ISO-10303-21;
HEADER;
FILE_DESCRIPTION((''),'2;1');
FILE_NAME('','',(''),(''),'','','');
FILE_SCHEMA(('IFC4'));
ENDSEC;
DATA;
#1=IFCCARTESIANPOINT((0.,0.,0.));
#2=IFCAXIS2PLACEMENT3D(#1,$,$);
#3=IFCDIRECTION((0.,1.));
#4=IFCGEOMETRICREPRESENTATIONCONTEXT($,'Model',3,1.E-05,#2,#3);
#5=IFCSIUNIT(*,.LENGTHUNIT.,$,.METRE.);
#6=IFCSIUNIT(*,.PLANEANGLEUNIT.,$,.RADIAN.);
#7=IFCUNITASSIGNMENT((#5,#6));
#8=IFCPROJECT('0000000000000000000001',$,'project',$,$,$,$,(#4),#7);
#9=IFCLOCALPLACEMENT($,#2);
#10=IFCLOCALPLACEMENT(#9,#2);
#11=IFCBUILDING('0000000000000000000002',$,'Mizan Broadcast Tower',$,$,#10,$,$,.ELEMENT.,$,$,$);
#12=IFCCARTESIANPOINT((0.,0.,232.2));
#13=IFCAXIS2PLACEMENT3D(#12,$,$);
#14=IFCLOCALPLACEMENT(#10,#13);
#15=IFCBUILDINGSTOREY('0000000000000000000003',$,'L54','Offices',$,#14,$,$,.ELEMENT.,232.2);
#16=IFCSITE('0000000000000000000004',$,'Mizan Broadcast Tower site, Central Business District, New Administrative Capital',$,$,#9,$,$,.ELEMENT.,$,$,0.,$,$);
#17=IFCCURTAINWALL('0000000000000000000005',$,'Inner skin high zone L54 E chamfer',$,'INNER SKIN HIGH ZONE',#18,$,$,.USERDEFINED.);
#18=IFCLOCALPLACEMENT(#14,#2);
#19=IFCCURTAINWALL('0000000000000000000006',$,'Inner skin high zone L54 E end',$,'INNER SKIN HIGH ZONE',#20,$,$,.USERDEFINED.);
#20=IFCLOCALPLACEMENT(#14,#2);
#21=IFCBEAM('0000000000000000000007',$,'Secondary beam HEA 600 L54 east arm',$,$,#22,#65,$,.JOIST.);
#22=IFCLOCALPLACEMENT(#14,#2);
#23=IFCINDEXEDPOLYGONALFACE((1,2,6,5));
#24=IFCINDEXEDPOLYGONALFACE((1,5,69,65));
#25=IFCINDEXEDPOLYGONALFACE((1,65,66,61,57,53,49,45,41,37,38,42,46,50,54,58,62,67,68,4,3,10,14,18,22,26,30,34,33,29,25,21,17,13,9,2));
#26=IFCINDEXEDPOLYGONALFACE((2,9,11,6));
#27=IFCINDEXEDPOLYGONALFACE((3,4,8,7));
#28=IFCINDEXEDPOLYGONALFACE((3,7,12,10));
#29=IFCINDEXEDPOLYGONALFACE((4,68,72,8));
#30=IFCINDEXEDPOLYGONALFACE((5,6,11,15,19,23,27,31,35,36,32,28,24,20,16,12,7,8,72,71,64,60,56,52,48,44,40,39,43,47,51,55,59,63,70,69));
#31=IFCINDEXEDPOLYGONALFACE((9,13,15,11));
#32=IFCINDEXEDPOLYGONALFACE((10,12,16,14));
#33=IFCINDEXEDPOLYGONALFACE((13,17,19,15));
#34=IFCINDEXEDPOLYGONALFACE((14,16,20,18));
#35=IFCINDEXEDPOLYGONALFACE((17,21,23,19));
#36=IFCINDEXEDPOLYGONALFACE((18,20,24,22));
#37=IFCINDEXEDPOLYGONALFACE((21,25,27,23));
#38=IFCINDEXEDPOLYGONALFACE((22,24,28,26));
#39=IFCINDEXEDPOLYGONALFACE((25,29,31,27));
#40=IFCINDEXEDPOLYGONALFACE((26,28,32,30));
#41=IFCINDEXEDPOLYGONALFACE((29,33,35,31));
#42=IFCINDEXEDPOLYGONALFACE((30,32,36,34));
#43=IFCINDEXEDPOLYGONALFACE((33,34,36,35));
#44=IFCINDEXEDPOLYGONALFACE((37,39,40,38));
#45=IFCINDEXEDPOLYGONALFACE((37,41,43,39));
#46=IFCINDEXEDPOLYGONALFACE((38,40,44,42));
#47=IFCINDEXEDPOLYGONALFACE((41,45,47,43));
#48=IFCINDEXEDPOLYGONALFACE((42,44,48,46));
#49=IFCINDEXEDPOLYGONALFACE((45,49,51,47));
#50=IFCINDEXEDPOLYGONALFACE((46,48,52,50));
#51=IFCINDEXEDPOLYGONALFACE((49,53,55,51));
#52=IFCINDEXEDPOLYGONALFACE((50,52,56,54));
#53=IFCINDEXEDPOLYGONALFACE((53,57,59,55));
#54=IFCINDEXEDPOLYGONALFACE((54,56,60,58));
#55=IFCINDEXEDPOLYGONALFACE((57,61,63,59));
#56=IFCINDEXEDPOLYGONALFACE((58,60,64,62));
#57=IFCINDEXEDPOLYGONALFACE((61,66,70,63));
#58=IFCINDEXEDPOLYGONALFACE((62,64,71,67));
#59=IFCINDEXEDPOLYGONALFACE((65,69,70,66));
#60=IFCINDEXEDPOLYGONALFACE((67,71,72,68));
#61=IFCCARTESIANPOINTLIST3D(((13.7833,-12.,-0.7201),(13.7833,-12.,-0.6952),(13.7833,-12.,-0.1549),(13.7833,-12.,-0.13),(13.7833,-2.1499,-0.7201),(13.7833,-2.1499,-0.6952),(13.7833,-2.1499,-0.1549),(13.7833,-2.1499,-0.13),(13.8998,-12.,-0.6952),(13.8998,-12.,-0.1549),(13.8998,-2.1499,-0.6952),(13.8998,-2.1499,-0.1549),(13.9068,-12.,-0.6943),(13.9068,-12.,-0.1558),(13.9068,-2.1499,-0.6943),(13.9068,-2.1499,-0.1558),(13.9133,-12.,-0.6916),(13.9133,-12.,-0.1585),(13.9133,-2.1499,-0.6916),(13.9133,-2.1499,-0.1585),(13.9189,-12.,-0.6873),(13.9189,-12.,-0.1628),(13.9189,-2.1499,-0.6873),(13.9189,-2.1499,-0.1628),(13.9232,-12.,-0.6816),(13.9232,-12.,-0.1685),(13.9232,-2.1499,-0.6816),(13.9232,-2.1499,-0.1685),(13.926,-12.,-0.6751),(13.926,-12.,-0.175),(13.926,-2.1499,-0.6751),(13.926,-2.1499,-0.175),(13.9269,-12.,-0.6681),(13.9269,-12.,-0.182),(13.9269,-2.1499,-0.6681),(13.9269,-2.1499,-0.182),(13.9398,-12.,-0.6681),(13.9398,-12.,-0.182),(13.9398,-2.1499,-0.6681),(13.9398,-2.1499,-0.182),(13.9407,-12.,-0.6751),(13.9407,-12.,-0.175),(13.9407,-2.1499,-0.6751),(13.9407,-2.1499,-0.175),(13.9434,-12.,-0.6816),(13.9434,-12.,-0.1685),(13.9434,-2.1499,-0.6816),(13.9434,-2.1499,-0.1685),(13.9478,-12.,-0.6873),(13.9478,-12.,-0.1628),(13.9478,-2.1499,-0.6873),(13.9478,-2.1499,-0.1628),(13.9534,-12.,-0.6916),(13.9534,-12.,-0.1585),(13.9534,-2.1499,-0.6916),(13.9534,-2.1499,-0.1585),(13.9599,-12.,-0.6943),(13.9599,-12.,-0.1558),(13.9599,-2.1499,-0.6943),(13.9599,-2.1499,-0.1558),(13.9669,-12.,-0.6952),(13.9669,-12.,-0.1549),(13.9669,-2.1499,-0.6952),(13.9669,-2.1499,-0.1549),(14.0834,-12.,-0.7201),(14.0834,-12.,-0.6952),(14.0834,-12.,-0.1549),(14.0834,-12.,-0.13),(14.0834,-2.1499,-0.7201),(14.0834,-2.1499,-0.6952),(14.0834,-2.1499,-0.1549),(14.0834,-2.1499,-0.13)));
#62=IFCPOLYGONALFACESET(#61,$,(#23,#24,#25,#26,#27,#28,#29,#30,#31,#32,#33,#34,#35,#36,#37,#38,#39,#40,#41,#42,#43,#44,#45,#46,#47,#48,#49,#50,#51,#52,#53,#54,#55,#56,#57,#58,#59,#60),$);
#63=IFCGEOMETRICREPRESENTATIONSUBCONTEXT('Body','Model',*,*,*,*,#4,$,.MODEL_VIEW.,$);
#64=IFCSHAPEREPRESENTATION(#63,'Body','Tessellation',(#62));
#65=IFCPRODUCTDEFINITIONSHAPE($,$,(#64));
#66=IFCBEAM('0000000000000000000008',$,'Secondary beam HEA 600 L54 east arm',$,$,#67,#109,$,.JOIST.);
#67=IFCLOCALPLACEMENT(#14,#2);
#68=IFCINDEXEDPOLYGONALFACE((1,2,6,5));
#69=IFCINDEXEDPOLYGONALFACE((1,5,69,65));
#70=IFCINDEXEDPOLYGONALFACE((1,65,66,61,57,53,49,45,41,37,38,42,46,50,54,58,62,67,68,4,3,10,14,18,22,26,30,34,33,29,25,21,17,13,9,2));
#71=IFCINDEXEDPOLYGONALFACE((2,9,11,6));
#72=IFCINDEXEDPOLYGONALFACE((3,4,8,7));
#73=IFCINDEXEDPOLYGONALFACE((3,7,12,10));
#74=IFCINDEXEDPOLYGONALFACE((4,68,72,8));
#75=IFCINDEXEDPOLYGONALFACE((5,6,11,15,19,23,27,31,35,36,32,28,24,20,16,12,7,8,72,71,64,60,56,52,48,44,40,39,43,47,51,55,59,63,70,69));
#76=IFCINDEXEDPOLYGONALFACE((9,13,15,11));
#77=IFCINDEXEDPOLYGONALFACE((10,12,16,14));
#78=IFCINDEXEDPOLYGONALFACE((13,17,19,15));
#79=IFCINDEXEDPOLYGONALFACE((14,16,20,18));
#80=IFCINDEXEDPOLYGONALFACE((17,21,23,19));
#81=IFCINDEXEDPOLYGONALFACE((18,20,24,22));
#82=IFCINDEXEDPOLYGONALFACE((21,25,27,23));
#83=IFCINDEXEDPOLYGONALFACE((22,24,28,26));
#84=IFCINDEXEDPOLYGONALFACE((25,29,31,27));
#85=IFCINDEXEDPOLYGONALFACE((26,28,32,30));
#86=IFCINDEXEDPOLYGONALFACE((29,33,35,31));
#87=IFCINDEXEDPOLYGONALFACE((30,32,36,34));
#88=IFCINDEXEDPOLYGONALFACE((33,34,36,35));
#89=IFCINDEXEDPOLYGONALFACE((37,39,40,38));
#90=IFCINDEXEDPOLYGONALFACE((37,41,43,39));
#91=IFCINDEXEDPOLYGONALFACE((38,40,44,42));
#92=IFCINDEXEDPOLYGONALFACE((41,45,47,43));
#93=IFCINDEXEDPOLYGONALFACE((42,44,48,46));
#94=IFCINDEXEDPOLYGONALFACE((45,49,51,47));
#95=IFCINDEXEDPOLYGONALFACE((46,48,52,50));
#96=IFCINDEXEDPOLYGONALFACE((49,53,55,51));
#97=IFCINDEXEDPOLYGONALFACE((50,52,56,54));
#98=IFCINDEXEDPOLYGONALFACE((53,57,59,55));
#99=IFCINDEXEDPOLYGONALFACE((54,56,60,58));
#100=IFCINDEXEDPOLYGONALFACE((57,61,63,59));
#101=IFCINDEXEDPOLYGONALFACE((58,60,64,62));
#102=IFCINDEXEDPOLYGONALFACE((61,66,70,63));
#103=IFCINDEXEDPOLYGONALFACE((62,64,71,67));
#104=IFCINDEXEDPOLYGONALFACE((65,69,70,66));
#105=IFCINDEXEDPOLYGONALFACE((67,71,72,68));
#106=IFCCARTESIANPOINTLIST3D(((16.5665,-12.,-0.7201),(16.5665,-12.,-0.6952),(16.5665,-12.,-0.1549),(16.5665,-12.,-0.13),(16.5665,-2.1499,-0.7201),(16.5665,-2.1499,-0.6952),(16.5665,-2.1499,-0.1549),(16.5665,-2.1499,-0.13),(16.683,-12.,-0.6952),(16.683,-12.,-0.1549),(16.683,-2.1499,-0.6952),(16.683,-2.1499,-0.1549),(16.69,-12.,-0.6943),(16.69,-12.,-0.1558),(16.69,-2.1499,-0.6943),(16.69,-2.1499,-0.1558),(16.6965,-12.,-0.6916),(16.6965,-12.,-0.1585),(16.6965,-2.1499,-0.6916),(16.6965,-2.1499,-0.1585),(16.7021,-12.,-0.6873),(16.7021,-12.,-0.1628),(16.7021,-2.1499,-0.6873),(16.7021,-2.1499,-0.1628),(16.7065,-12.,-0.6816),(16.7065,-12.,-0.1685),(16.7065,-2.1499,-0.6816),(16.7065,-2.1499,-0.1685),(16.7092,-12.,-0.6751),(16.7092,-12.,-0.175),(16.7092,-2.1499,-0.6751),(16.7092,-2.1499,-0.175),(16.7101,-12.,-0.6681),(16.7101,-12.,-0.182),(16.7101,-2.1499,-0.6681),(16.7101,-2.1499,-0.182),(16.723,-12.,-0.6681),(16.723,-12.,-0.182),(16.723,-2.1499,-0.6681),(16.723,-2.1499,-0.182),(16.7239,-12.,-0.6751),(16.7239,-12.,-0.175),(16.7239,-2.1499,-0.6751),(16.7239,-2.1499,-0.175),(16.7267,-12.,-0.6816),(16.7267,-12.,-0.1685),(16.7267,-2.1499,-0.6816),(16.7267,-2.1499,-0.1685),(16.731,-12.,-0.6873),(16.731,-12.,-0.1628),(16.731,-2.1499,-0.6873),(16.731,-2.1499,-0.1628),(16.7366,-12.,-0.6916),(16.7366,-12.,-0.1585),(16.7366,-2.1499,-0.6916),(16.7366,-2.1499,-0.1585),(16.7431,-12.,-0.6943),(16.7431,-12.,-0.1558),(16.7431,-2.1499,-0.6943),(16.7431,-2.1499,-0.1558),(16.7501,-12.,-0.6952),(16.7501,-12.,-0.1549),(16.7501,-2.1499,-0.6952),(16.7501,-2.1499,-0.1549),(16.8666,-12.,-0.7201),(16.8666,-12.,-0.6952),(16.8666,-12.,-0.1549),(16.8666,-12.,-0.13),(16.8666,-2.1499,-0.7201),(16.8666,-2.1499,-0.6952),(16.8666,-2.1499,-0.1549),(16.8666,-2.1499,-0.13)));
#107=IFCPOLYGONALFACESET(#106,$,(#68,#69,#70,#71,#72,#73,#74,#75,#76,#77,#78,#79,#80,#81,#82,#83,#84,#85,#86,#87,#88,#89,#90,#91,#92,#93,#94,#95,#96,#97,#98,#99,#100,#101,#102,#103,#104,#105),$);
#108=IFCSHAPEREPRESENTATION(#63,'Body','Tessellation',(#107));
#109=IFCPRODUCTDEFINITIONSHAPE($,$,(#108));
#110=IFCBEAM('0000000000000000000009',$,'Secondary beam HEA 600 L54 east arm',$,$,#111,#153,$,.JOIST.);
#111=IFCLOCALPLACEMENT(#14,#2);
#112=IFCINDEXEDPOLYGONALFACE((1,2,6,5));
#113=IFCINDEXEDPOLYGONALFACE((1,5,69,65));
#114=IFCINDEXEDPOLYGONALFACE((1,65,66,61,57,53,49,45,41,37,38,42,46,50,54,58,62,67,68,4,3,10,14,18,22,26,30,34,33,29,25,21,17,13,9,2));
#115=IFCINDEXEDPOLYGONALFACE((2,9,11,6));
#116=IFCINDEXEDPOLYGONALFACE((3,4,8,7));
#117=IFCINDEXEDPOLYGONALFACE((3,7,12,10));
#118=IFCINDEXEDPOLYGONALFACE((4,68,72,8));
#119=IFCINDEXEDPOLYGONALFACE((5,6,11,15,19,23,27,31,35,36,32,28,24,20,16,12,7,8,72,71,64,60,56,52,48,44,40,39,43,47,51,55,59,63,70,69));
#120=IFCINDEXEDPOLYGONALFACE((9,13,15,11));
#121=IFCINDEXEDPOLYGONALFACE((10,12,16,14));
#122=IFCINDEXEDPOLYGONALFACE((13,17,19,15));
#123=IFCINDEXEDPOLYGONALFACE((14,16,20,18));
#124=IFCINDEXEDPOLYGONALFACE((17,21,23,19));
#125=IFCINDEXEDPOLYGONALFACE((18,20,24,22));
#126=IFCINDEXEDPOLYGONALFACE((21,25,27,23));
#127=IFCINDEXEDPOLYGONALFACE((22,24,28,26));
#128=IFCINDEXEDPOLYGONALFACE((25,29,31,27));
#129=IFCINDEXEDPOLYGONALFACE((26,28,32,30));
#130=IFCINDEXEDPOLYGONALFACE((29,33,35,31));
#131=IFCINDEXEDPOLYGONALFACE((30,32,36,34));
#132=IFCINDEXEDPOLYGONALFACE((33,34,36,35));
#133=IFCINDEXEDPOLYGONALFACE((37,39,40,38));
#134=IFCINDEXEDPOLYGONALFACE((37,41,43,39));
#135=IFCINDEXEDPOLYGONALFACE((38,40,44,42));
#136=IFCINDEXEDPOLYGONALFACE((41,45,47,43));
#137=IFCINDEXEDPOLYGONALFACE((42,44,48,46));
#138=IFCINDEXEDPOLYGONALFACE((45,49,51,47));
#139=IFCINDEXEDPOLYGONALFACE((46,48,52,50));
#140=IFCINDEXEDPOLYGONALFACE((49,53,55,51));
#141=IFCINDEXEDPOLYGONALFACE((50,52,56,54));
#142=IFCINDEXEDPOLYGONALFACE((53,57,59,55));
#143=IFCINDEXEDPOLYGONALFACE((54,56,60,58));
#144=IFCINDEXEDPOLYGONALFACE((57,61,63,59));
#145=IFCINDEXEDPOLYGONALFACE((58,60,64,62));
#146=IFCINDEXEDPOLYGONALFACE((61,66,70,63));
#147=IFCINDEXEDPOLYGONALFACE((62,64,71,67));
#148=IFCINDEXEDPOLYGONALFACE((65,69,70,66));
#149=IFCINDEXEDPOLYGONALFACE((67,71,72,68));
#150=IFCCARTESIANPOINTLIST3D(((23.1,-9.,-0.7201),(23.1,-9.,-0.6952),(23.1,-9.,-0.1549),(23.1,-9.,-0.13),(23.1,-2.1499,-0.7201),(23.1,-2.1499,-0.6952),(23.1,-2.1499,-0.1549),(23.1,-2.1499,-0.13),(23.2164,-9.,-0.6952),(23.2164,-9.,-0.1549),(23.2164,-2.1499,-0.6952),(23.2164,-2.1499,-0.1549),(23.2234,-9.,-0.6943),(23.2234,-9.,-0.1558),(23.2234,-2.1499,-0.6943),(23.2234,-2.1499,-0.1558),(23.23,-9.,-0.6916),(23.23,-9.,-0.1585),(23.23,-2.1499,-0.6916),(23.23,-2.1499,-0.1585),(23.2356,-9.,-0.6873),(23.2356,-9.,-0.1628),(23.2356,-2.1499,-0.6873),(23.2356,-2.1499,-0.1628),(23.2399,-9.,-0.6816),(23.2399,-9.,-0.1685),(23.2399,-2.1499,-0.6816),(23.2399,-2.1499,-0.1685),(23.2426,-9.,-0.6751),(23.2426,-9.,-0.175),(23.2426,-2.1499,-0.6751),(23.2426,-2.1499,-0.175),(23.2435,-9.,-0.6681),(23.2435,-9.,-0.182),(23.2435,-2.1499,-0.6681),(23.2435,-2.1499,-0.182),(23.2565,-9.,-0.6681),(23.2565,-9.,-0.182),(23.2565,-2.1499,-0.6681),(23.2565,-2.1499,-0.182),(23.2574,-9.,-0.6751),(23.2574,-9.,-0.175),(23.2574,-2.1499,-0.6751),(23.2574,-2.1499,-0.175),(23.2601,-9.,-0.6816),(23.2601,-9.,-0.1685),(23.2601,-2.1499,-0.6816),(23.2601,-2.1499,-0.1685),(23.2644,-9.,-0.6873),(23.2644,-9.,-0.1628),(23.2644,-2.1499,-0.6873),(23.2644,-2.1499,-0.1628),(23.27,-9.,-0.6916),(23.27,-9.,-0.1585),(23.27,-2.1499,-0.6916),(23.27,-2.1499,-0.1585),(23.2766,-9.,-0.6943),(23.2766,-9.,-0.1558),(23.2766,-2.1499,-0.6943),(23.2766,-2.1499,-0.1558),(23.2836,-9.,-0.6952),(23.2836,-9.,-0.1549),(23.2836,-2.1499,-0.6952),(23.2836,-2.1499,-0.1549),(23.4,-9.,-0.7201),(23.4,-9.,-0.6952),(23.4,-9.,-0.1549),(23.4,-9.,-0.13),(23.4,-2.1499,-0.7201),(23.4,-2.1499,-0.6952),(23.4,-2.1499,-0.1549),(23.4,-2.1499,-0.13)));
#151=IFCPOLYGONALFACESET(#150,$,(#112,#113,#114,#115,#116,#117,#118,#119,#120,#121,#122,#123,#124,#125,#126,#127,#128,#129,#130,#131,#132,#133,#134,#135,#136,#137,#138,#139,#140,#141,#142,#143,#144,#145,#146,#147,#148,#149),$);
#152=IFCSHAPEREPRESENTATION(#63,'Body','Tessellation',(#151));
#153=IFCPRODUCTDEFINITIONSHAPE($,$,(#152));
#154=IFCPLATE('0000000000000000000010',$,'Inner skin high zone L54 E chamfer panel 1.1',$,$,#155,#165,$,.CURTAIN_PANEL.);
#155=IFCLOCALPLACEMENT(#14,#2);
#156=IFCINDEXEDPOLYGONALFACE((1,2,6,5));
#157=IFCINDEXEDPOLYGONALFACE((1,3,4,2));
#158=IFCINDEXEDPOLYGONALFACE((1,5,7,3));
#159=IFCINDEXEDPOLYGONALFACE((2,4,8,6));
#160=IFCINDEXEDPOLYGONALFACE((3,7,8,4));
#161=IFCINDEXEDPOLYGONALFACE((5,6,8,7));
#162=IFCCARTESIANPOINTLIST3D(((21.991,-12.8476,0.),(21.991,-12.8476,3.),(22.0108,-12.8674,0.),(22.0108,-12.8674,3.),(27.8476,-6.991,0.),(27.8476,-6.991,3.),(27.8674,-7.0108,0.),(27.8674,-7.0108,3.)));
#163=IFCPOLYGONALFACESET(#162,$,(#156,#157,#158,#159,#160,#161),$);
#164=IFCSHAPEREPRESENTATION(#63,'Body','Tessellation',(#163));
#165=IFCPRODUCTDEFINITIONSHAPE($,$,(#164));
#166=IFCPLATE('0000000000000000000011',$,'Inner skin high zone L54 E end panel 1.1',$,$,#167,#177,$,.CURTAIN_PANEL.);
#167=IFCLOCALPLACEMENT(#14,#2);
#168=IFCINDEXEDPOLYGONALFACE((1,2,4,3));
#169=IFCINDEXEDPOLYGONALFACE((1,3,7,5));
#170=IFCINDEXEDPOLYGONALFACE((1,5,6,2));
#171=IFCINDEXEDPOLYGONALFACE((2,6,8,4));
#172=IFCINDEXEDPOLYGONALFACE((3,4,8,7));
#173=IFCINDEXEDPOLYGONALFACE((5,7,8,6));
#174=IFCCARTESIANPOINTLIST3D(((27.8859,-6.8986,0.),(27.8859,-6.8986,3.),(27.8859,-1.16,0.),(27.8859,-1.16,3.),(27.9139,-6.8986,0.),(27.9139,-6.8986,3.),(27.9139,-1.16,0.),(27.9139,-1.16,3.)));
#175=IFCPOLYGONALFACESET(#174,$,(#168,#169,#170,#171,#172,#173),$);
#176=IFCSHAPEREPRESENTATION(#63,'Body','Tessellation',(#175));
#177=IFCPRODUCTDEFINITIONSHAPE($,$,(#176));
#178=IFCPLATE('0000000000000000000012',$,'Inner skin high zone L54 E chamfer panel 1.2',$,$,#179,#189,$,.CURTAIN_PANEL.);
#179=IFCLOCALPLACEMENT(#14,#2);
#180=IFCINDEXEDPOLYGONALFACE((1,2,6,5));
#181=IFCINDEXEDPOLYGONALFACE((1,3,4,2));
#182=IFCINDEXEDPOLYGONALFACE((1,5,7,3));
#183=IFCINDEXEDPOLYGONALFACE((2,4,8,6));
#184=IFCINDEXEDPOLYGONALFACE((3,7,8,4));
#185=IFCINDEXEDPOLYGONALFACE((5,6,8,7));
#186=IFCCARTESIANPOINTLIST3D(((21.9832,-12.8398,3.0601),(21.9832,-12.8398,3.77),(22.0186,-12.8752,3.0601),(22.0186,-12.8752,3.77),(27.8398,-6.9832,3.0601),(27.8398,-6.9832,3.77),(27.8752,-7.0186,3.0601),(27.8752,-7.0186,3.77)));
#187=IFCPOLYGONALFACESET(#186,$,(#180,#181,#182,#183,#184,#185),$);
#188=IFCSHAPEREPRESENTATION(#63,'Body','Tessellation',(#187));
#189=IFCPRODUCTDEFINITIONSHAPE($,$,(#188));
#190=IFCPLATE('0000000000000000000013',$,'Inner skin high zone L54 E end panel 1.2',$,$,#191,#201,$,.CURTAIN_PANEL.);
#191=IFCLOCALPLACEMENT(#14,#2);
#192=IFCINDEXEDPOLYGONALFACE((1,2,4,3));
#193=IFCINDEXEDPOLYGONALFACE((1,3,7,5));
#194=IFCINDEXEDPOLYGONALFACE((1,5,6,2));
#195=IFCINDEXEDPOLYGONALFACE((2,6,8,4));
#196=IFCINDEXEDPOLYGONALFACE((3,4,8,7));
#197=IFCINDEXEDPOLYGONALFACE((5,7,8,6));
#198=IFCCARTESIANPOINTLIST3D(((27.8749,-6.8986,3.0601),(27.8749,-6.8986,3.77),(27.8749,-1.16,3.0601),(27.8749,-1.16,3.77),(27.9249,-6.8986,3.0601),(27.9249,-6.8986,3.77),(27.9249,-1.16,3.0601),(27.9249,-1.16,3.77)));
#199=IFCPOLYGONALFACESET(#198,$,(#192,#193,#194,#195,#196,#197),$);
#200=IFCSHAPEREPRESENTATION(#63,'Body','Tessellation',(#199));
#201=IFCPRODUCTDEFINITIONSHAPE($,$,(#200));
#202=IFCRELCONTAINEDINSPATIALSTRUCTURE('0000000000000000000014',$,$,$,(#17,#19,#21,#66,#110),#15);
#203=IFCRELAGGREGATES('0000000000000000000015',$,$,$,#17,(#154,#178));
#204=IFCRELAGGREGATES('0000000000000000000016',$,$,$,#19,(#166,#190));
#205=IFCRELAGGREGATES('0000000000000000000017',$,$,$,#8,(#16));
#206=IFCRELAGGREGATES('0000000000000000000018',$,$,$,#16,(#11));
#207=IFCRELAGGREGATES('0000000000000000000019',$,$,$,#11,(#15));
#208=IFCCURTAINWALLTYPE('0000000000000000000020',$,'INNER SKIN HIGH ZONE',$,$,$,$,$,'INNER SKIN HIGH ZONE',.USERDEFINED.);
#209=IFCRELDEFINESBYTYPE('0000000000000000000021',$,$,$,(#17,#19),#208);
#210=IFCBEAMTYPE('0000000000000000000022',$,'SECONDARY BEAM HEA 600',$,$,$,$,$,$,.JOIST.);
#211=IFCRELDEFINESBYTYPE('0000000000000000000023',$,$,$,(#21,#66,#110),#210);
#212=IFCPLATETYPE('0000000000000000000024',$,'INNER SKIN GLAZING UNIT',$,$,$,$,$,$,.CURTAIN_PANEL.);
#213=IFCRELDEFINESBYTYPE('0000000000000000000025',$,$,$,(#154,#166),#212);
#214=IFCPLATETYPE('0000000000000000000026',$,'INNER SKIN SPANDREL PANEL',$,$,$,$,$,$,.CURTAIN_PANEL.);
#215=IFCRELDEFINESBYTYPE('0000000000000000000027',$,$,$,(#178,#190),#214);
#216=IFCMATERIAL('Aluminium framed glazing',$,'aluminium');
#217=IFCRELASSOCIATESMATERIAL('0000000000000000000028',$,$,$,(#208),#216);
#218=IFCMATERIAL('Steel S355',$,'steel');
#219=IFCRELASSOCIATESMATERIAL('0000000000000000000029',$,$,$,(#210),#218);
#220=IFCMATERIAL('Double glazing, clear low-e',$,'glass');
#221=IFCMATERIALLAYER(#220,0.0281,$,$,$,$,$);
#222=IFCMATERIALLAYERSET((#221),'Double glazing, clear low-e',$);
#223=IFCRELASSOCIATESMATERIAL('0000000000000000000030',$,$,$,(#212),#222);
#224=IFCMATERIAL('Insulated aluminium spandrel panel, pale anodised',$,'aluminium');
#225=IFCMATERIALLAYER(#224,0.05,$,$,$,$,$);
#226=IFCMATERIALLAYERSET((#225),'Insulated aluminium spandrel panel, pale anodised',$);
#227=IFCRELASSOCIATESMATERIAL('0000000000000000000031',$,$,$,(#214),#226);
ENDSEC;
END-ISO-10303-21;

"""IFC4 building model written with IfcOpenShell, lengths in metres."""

from ifc_helpers import new_model, si_unit, direction, frame, origin, origin_2d, place, context, subcontext, project, spatial, rectangle, i_section, extrude, material, layer, layer_set, material_profile, profile_set, type_object, element, aggregate, save


model = new_model("IFC4")

# Units and contexts
model_context = context("Model", 3, precision=1e-05, world=origin(), true_north=direction((0.0, 1.0)))
body_context = subcontext(model_context, "Body", "Model", "MODEL_VIEW")
ifc_project = project(units=[si_unit("LENGTHUNIT", "METRE"), si_unit("PLANEANGLEUNIT", "RADIAN")], contexts=[model_context])

# Site, building, storey
site_placement = place(None, origin())
site = spatial("IfcSite", under=ifc_project, at=site_placement, Name="Mizan Broadcast Tower site, Central Business District, New Administrative Capital", CompositionType="ELEMENT", RefElevation=0.0)
building_placement = place(site_placement, origin())
building = spatial("IfcBuilding", under=site, at=building_placement, Name="Mizan Broadcast Tower", CompositionType="ELEMENT")
storey_placement = place(building_placement, frame((0.0, 0.0, 232.2)))
storey = spatial("IfcBuildingStorey", under=building, at=storey_placement, Name="L54", Description="Offices", CompositionType="ELEMENT", Elevation=232.2)

# Curtain wall
ifc_material_1 = material(Name="Aluminium framed glazing", Category="aluminium")
curtain_wall_type_1 = type_object("IfcCurtainWallType", Name="INNER SKIN HIGH ZONE", ElementType="INNER SKIN HIGH ZONE", PredefinedType="USERDEFINED", material=ifc_material_1)
curtain_wall_1_placement = place(storey_placement, origin())
curtain_wall_1 = element("IfcCurtainWall", 1, at=curtain_wall_1_placement, inside=storey, type_object=curtain_wall_type_1, Name="Inner skin high zone L54 E chamfer", ObjectType="INNER SKIN HIGH ZONE", PredefinedType="USERDEFINED")

# Curtain wall
curtain_wall_2_placement = place(storey_placement, origin())
curtain_wall_2 = element("IfcCurtainWall", 2, at=curtain_wall_2_placement, inside=storey, type_object=curtain_wall_type_1, Name="Inner skin high zone L54 E end", ObjectType="INNER SKIN HIGH ZONE", PredefinedType="USERDEFINED")

# Beams
ifc_material_2 = material(Name="Steel S355", Category="steel")
ifc_material_profile_1 = material_profile(ifc_material_2, i_section(OverallWidth=0.3, OverallDepth=0.5901, WebThickness=0.0129, FlangeThickness=0.0249, FilletRadius=0.0271, at=origin_2d()), Name="HEA 600")
ifc_profile_set_1 = profile_set([ifc_material_profile_1], Name="Steel S355")
beam_type_1 = type_object("IfcBeamType", Name="SECONDARY BEAM HEA 600", PredefinedType="JOIST", material=ifc_profile_set_1)
for number, where, z_axis, x_axis, name in (
    (3, (13.9333, -12.0, -0.425), (0.0, 1.0, 0.0), (-1.0, 0.0, 0.0), "Secondary beam HEA 600 L54 east arm"),
    (4, (16.7166, -12.0, -0.425), (0.0, 1.0, 0.0), (-1.0, 0.0, 0.0), "Secondary beam HEA 600 L54 east arm"),
):
    element("IfcBeam", number, at=place(storey_placement, frame(where, z_axis=z_axis, x_axis=x_axis)), inside=storey, type_object=beam_type_1, Name=name, PredefinedType="JOIST", context=body_context, shape_type="SweptSolid", body=[
        extrude(i_section(OverallWidth=0.3, OverallDepth=0.5901, WebThickness=0.0129, FlangeThickness=0.0249, FilletRadius=0.0271, at=origin_2d()), origin(), (0.0, 0.0, 1.0), 9.8501),
    ])
beam_1_placement = place(storey_placement, frame((23.25, -9.0, -0.425), z_axis=(0.0, 1.0, 0.0), x_axis=(-1.0, 0.0, 0.0)))
element("IfcBeam", 5, at=beam_1_placement, inside=storey, type_object=beam_type_1, Name="Secondary beam HEA 600 L54 east arm", PredefinedType="JOIST", context=body_context, shape_type="SweptSolid", body=[
    extrude(i_section(OverallWidth=0.3, OverallDepth=0.5901, WebThickness=0.0129, FlangeThickness=0.0249, FilletRadius=0.0271, at=origin_2d()), origin(), (0.0, 0.0, 1.0), 6.8501),
])

# Plates
ifc_material_3 = material(Name="Double glazing, clear low-e", Category="glass")
ifc_layer_1 = layer(ifc_material_3, 0.0281)
ifc_layer_set_1 = layer_set([ifc_layer_1], Name="Double glazing, clear low-e")
plate_type_1 = type_object("IfcPlateType", Name="INNER SKIN GLAZING UNIT", PredefinedType="CURTAIN_PANEL", material=ifc_layer_set_1)
plate_1_placement = place(storey_placement, frame((24.9292, -9.9292, 0.0), z_axis=(0.0, 0.0, 1.0), x_axis=(0.707107, 0.707107, 0.0)))
plate_1 = element("IfcPlate", 6, at=plate_1_placement, type_object=plate_type_1, Name="Inner skin high zone L54 E chamfer panel 1.1", PredefinedType="CURTAIN_PANEL", context=body_context, shape_type="SweptSolid", body=[
    extrude(rectangle(XDim=8.2825, YDim=0.0281, at=origin_2d()), origin(), (0.0, 0.0, 1.0), 3.0),
])
plate_2_placement = place(storey_placement, frame((27.8999, -4.0293, 0.0), z_axis=(0.0, 0.0, 1.0), x_axis=(0.0, 1.0, 0.0)))
plate_2 = element("IfcPlate", 7, at=plate_2_placement, type_object=plate_type_1, Name="Inner skin high zone L54 E end panel 1.1", PredefinedType="CURTAIN_PANEL", context=body_context, shape_type="SweptSolid", body=[
    extrude(rectangle(XDim=5.7385, YDim=0.0281, at=origin_2d()), origin(), (0.0, 0.0, 1.0), 3.0),
])
ifc_material_4 = material(Name="Insulated aluminium spandrel panel, pale anodised", Category="aluminium")
ifc_layer_2 = layer(ifc_material_4, 0.05)
ifc_layer_set_2 = layer_set([ifc_layer_2], Name="Insulated aluminium spandrel panel, pale anodised")
plate_type_2 = type_object("IfcPlateType", Name="INNER SKIN SPANDREL PANEL", PredefinedType="CURTAIN_PANEL", material=ifc_layer_set_2)
plate_3_placement = place(storey_placement, frame((24.9292, -9.9292, 3.0601), z_axis=(0.0, 0.0, 1.0), x_axis=(0.707107, 0.707107, 0.0)))
plate_3 = element("IfcPlate", 8, at=plate_3_placement, type_object=plate_type_2, Name="Inner skin high zone L54 E chamfer panel 1.2", PredefinedType="CURTAIN_PANEL", context=body_context, shape_type="SweptSolid", body=[
    extrude(rectangle(XDim=8.2825, YDim=0.05, at=origin_2d()), origin(), (0.0, 0.0, 1.0), 0.71),
])
aggregate(curtain_wall_1, [plate_1, plate_3])
plate_4_placement = place(storey_placement, frame((27.8999, -4.0293, 3.0601), z_axis=(0.0, 0.0, 1.0), x_axis=(0.0, 1.0, 0.0)))
plate_4 = element("IfcPlate", 9, at=plate_4_placement, type_object=plate_type_2, Name="Inner skin high zone L54 E end panel 1.2", PredefinedType="CURTAIN_PANEL", context=body_context, shape_type="SweptSolid", body=[
    extrude(rectangle(XDim=5.7385, YDim=0.05, at=origin_2d()), origin(), (0.0, 0.0, 1.0), 0.71),
])
aggregate(curtain_wall_2, [plate_2, plate_4])

save(model, "model.ifc")
